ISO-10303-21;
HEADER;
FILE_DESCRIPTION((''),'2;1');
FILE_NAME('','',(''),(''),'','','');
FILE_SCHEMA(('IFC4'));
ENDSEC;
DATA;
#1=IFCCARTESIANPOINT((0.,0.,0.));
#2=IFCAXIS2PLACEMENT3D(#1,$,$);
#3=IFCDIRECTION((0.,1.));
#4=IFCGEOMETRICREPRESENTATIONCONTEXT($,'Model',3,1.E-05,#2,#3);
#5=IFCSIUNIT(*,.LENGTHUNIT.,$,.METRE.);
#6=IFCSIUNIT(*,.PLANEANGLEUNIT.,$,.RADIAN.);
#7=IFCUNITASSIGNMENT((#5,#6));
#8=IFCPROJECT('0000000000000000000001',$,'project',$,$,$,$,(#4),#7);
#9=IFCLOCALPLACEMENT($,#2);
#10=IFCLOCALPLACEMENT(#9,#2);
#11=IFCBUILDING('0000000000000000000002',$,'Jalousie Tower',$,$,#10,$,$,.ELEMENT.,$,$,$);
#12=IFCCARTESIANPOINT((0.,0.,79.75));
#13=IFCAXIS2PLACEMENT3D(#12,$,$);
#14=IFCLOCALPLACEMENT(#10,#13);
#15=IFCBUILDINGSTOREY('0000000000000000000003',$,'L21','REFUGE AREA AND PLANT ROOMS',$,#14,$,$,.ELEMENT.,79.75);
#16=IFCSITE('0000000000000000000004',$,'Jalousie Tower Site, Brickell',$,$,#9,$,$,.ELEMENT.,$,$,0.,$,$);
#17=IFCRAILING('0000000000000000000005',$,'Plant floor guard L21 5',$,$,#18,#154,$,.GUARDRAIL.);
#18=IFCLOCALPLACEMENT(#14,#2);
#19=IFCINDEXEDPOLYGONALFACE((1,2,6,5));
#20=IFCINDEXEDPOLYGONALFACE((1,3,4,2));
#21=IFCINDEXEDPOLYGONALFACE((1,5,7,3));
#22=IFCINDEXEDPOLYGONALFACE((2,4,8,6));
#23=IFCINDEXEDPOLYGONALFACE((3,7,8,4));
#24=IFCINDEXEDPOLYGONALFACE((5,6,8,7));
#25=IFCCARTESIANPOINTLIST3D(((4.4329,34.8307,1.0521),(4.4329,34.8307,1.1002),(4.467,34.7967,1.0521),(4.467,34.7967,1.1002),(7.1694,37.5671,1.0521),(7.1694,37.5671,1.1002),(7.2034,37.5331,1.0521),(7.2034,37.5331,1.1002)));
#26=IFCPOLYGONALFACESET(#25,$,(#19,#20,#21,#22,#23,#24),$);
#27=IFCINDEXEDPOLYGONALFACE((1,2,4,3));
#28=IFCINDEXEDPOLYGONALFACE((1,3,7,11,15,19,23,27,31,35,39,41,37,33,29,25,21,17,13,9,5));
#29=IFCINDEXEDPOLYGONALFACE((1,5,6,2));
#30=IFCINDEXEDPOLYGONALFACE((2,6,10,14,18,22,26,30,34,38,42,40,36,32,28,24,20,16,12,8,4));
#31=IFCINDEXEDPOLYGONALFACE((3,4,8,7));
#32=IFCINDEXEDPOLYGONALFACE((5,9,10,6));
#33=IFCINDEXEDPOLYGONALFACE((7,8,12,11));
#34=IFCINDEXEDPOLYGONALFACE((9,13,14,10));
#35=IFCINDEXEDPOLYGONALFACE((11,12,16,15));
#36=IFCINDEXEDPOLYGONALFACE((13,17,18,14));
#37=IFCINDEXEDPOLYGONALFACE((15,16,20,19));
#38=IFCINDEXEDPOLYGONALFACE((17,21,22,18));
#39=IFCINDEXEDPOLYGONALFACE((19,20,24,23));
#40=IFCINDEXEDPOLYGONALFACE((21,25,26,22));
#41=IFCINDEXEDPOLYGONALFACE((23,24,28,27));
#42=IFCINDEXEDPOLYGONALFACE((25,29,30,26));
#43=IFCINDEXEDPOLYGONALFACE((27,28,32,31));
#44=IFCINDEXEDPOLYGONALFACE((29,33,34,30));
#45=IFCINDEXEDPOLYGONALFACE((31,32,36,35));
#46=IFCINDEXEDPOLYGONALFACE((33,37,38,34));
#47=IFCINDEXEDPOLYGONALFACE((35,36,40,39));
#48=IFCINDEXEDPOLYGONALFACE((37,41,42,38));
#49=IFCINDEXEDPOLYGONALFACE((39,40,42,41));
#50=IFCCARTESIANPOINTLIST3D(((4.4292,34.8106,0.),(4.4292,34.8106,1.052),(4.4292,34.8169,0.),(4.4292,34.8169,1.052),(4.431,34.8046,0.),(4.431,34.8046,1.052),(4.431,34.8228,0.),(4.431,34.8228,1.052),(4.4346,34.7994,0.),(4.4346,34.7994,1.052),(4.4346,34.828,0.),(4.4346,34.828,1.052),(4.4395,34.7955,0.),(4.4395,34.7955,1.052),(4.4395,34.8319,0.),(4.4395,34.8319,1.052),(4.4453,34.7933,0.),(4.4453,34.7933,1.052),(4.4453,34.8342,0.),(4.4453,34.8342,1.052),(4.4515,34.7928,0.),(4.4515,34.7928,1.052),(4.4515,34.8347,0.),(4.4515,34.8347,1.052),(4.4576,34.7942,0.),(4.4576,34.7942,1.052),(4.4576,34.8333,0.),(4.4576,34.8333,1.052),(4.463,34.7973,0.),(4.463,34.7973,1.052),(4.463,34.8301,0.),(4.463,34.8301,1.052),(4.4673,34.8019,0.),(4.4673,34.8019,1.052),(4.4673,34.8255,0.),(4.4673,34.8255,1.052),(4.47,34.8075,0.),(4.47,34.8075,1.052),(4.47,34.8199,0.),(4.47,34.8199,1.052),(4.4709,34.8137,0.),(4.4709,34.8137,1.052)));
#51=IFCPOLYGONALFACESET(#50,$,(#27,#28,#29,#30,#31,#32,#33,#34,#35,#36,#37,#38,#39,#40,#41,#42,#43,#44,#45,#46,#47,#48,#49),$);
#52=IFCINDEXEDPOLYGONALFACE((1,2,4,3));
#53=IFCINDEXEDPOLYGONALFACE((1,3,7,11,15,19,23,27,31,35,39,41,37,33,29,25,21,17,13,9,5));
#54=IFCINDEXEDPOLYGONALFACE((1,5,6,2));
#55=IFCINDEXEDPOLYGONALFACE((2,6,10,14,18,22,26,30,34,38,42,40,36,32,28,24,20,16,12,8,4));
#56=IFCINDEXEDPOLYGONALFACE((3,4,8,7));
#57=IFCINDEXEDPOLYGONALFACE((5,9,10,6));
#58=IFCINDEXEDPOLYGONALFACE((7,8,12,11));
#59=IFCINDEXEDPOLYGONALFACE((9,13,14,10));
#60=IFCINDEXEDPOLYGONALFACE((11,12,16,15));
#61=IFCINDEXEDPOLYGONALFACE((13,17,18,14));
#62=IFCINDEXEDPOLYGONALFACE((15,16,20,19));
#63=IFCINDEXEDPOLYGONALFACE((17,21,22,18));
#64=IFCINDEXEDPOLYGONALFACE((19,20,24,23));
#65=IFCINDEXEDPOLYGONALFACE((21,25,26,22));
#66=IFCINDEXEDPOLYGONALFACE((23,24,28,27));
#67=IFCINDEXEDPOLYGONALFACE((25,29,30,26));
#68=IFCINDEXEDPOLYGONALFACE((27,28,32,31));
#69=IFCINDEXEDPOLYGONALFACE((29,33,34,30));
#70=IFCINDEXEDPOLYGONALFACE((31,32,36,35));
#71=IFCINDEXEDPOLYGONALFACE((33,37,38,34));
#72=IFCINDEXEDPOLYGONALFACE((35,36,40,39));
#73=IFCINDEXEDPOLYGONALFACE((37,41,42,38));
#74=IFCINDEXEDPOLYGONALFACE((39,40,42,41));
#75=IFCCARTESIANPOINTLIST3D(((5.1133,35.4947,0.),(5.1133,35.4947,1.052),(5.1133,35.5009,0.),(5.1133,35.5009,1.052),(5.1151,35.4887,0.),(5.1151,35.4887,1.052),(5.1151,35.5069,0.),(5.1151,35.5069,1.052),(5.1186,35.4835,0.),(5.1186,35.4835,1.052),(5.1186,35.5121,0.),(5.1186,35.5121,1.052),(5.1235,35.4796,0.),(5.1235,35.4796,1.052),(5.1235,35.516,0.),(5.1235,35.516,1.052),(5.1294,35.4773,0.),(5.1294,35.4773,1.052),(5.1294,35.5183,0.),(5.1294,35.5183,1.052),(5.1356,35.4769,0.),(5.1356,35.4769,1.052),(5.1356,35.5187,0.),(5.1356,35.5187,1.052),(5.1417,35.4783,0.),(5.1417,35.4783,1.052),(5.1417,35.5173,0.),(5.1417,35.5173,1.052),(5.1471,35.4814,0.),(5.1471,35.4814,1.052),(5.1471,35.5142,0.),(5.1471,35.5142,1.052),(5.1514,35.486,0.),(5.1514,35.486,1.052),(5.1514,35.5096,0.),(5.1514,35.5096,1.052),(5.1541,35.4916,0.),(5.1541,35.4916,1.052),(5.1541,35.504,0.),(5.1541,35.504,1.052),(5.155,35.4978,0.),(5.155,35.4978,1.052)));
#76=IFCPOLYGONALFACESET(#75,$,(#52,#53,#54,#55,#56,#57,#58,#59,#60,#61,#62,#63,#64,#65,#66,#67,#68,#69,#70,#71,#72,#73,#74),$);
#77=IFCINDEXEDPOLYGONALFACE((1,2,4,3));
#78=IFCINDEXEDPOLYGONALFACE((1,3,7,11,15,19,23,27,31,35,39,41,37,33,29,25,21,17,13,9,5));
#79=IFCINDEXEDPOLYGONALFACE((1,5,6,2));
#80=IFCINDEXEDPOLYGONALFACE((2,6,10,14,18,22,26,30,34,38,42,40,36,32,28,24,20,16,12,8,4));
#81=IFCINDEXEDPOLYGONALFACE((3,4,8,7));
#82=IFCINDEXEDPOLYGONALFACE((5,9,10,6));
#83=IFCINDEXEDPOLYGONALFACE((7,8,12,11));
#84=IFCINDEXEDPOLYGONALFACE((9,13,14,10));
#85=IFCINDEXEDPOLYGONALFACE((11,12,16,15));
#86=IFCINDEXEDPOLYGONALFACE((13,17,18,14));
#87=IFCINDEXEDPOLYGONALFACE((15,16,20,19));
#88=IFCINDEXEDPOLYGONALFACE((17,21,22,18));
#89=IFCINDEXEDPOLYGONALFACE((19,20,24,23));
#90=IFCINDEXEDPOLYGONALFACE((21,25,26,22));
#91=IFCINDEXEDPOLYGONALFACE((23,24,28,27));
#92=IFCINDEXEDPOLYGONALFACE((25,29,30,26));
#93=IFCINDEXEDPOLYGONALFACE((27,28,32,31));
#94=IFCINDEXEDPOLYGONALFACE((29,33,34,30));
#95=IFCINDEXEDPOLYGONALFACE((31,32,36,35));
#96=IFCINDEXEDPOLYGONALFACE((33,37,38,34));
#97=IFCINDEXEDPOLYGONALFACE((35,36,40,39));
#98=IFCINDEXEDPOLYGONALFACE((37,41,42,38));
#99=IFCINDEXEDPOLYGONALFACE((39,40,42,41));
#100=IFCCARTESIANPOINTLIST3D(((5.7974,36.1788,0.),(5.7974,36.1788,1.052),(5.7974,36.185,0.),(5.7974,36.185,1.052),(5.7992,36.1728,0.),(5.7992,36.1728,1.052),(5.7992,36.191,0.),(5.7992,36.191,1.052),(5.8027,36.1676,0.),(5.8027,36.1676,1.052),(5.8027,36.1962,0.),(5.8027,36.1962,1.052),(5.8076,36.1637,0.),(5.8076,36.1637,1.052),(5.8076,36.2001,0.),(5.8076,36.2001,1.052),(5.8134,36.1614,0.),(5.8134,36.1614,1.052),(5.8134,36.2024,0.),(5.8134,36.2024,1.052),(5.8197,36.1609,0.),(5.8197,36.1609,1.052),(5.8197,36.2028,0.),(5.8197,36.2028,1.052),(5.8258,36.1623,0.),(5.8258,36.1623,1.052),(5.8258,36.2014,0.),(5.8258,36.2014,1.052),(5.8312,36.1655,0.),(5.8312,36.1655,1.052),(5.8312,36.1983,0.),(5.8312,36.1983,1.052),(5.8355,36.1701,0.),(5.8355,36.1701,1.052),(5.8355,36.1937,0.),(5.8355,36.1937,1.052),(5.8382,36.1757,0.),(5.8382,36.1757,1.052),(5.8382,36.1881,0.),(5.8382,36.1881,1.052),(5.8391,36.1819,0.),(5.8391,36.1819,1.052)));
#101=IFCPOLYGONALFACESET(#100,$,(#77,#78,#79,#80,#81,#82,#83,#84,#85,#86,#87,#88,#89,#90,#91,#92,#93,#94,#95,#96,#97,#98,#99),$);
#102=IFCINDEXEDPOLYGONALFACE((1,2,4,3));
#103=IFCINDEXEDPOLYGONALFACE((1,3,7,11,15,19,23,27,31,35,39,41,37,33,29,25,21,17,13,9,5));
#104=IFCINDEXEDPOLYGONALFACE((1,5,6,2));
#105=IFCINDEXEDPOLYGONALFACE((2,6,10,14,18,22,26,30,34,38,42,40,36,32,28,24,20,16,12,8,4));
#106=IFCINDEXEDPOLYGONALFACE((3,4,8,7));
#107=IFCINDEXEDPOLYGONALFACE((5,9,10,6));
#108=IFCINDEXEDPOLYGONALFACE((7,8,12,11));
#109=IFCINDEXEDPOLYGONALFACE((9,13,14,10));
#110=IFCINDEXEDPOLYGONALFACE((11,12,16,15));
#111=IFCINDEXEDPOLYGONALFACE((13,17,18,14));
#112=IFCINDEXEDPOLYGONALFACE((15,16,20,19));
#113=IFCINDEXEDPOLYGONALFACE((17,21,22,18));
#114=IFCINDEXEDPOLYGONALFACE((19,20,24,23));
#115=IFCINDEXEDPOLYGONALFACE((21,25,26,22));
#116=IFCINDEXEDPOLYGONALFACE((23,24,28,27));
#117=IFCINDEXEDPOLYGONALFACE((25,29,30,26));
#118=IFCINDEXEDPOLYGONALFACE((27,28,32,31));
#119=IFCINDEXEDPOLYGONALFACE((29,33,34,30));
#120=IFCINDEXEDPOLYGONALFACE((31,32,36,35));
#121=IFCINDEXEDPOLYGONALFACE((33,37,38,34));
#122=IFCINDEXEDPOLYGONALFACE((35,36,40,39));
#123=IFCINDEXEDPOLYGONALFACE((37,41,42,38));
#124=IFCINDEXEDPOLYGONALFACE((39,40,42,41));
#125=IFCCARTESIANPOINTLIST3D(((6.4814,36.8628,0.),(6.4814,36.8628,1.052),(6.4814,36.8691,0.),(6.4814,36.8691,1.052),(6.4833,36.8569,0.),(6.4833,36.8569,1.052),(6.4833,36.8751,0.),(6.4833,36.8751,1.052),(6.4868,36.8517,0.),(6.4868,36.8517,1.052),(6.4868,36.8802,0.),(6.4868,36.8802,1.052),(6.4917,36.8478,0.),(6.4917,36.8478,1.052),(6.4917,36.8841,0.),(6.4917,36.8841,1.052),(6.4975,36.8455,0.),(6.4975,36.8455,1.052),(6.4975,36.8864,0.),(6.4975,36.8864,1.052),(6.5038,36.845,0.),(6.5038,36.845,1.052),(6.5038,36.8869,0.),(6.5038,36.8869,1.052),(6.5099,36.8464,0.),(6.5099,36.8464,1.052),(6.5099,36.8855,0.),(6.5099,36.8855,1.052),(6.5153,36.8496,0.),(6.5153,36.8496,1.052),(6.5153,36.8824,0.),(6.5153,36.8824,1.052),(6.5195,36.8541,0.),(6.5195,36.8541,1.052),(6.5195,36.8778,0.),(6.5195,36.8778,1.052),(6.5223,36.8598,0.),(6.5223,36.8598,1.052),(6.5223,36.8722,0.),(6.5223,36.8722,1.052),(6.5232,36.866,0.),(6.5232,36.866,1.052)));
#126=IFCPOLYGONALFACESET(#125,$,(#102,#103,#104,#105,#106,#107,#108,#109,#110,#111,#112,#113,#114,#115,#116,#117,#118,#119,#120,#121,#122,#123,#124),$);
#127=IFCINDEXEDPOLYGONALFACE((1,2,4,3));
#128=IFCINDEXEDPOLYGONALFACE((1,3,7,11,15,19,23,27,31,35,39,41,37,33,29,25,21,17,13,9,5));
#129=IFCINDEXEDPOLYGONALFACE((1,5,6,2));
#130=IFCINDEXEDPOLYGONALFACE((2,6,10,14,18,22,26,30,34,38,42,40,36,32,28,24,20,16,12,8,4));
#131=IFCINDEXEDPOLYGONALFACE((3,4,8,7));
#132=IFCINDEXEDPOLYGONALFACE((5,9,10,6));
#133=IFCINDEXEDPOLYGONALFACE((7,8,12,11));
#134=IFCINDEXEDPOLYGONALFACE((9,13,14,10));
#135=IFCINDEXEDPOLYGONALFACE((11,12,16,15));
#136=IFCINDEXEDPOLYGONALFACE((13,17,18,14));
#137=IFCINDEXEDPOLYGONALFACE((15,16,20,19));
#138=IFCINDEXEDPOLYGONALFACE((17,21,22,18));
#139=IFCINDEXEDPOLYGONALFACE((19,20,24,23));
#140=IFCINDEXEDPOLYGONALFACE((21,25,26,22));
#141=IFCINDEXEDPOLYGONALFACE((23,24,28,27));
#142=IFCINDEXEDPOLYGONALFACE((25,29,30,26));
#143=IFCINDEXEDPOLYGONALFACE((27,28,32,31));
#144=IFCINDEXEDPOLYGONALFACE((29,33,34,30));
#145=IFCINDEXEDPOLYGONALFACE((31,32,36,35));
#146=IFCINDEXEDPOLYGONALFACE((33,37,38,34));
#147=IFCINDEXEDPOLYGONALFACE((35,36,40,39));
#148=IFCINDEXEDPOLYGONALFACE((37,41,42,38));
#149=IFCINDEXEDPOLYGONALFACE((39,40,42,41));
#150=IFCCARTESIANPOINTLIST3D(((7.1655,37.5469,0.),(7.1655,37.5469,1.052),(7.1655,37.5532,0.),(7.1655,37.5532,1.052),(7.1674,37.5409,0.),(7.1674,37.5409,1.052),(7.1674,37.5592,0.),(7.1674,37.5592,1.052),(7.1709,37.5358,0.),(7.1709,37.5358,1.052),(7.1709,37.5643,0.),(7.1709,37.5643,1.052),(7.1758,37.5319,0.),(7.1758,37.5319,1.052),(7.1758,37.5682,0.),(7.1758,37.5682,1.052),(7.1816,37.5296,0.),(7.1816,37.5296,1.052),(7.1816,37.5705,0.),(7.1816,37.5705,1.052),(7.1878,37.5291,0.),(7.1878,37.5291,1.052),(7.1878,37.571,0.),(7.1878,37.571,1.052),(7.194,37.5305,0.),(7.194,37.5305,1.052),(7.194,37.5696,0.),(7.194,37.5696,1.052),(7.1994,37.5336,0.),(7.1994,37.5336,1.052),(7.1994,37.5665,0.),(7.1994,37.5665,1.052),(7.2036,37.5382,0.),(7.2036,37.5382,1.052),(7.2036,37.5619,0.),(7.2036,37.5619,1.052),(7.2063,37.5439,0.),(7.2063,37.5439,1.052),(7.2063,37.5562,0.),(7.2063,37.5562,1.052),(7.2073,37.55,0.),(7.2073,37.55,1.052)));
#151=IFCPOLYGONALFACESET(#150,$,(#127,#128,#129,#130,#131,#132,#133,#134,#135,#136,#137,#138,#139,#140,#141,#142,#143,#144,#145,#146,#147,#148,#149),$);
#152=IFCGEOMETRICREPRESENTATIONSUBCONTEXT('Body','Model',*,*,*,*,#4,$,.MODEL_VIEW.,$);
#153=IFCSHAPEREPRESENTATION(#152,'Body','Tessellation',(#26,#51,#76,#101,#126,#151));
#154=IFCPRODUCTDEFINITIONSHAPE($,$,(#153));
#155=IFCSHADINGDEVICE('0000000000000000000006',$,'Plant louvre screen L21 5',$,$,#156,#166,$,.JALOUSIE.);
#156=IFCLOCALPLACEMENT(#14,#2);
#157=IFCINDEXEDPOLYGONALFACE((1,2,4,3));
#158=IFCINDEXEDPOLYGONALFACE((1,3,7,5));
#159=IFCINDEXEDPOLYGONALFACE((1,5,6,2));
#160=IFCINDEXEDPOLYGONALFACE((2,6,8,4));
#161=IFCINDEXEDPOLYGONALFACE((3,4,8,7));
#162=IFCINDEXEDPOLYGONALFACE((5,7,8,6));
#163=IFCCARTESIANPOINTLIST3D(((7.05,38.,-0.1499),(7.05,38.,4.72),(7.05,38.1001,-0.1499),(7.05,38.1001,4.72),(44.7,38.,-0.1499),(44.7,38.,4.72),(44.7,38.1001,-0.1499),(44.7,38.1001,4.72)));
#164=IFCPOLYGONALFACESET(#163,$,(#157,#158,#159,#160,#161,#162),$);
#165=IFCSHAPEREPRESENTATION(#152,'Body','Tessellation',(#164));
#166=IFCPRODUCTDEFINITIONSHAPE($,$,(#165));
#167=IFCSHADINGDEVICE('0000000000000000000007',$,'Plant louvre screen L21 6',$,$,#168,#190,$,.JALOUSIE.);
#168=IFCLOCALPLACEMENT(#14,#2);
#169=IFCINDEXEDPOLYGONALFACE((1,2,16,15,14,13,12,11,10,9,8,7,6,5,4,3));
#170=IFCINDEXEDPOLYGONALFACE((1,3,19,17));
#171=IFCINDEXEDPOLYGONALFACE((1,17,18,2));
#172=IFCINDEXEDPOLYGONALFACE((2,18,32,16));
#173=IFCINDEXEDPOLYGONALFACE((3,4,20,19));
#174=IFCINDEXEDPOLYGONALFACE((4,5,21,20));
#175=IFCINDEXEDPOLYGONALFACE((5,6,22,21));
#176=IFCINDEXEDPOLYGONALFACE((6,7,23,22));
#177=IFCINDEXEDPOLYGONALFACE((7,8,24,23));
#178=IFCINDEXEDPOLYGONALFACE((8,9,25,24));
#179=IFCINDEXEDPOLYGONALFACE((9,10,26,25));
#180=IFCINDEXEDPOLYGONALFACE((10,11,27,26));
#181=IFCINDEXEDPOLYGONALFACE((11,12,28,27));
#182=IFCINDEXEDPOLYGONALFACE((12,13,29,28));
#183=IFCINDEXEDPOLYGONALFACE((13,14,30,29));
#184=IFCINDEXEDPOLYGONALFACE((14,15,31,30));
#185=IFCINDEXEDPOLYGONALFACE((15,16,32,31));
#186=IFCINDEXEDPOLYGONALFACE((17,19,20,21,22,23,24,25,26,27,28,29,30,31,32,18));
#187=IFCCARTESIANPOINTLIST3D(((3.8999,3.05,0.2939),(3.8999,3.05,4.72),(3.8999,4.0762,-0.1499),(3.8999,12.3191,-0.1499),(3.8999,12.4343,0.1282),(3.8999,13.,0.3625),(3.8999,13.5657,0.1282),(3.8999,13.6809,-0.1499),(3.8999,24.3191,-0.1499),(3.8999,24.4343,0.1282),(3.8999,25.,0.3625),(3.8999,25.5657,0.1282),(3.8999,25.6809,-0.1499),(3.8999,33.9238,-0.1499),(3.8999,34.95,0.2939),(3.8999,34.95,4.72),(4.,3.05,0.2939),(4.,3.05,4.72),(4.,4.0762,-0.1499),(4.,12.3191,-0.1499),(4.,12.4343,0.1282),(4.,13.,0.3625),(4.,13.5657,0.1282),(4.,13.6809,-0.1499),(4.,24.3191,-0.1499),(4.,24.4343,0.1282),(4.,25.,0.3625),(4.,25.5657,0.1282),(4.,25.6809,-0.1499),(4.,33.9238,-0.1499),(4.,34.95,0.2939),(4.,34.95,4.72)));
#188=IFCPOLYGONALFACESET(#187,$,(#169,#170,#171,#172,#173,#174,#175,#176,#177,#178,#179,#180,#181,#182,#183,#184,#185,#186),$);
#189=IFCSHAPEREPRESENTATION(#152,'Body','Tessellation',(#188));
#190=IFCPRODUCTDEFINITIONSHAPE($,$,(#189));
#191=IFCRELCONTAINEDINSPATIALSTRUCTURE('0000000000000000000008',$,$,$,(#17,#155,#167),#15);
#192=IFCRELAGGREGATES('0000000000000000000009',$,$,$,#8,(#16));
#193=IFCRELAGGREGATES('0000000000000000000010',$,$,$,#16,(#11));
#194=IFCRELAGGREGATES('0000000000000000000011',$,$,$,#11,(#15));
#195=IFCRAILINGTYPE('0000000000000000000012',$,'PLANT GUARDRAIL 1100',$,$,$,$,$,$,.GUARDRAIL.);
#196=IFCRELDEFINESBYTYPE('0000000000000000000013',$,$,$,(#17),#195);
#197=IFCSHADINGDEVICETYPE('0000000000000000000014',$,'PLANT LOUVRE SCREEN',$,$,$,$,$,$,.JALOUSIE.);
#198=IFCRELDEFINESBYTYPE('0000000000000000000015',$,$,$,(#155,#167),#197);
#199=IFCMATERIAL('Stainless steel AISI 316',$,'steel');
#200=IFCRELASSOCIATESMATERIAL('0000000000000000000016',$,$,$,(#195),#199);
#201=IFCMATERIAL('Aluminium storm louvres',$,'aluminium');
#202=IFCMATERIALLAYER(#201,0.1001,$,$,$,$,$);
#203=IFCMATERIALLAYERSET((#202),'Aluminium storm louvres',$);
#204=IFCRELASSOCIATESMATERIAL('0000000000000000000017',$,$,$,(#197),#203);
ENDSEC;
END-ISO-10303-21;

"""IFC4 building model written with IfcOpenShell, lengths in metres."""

from ifc_helpers import new_model, si_unit, direction, frame, origin, origin_2d, place, context, subcontext, project, spatial, polyline, rectangle, circle, outline, extrude, material, layer, layer_set, type_object, element, save


model = new_model("IFC4")

# Units and contexts
model_context = context("Model", 3, precision=1e-05, world=origin(), true_north=direction((0.0, 1.0)))
body_context = subcontext(model_context, "Body", "Model", "MODEL_VIEW")
ifc_project = project(units=[si_unit("LENGTHUNIT", "METRE"), si_unit("PLANEANGLEUNIT", "RADIAN")], contexts=[model_context])

# Site, building, storey
site_placement = place(None, origin())
site = spatial("IfcSite", under=ifc_project, at=site_placement, Name="Jalousie Tower Site, Brickell", CompositionType="ELEMENT", RefElevation=0.0)
building_placement = place(site_placement, origin())
building = spatial("IfcBuilding", under=site, at=building_placement, Name="Jalousie Tower", CompositionType="ELEMENT")
storey_placement = place(building_placement, frame((0.0, 0.0, 79.75)))
storey = spatial("IfcBuildingStorey", under=building, at=storey_placement, Name="L21", Description="REFUGE AREA AND PLANT ROOMS", CompositionType="ELEMENT", Elevation=79.75)

# Railing
ifc_material_1 = material(Name="Stainless steel AISI 316", Category="steel")
railing_type = type_object("IfcRailingType", Name="PLANT GUARDRAIL 1100", PredefinedType="GUARDRAIL", material=ifc_material_1)
railing_1_placement = place(storey_placement, frame((4.45, 34.8137, 0.0)))
element("IfcRailing", 1, at=railing_1_placement, inside=storey, type_object=railing_type, Name="Plant floor guard L21 5", PredefinedType="GUARDRAIL", context=body_context, shape_type="SweptSolid", body=[
    extrude(rectangle(XDim=0.0481, YDim=0.0481, at=origin_2d()), frame((0.0, 0.0, 1.0762), z_axis=(0.707107, 0.707107, 0.0), x_axis=(-0.707107, 0.707107, 0.0)), (0.0, 0.0, 1.0), 3.8699),
    extrude(circle(Radius=0.021, at=origin_2d()), origin(), (0.0, 0.0, 1.0), 1.052),
    extrude(circle(Radius=0.021, at=origin_2d()), frame((0.6841, 0.6841, 0.0)), (0.0, 0.0, 1.0), 1.052),
    extrude(circle(Radius=0.021, at=origin_2d()), frame((1.3682, 1.3682, 0.0)), (0.0, 0.0, 1.0), 1.052),
    extrude(circle(Radius=0.021, at=origin_2d()), frame((2.0522, 2.0522, 0.0)), (0.0, 0.0, 1.0), 1.052),
    extrude(circle(Radius=0.021, at=origin_2d()), frame((2.7363, 2.7363, 0.0)), (0.0, 0.0, 1.0), 1.052),
])

# Shading devices
ifc_material_2 = material(Name="Aluminium storm louvres", Category="aluminium")
ifc_layer_1 = layer(ifc_material_2, 0.1001)
ifc_layer_set_1 = layer_set([ifc_layer_1], Name="Aluminium storm louvres")
shading_device_type = type_object("IfcShadingDeviceType", Name="PLANT LOUVRE SCREEN", PredefinedType="JALOUSIE", material=ifc_layer_set_1)
shading_device_1_placement = place(storey_placement, frame((7.05, 38.1001, -0.1499), z_axis=(0.0, 1.0, 0.0), x_axis=(0.0, 0.0, 1.0)))
element("IfcShadingDevice", 2, at=shading_device_1_placement, inside=storey, type_object=shading_device_type, Name="Plant louvre screen L21 5", PredefinedType="JALOUSIE", context=body_context, shape_type="SweptSolid", body=[
    extrude(outline(polyline([(0.0, 0.0), (4.8699, 0.0), (4.8699, 37.6499), (0.0, 37.6499), (0.0, 0.0)])), origin(), (0.0, 0.0, -1.0), 0.1001),
])
shading_device_2_placement = place(storey_placement, frame((3.8999, 34.95, 4.72), z_axis=(-1.0, 0.0, 0.0), x_axis=(0.0, 0.0, -1.0)))
element("IfcShadingDevice", 3, at=shading_device_2_placement, inside=storey, type_object=shading_device_type, Name="Plant louvre screen L21 6", PredefinedType="JALOUSIE", context=body_context, shape_type="SweptSolid", body=[
    extrude(outline(polyline([(0.0, 0.0), (4.426, 0.0), (4.8699, 1.0261), (4.8699, 9.269), (4.5918, 9.3843), (4.3574, 9.95), (4.5918, 10.5156), (4.8699, 10.6309), (4.8699, 21.269), (4.5918, 21.3843), (4.3574, 21.95), (4.5918, 22.5156), (4.8699, 22.6309), (4.8699, 30.8738), (4.426, 31.8999), (0.0, 31.8999), (0.0, 0.0)])), origin(), (0.0, 0.0, -1.0), 0.1001),
])

save(model, "model.ifc")
